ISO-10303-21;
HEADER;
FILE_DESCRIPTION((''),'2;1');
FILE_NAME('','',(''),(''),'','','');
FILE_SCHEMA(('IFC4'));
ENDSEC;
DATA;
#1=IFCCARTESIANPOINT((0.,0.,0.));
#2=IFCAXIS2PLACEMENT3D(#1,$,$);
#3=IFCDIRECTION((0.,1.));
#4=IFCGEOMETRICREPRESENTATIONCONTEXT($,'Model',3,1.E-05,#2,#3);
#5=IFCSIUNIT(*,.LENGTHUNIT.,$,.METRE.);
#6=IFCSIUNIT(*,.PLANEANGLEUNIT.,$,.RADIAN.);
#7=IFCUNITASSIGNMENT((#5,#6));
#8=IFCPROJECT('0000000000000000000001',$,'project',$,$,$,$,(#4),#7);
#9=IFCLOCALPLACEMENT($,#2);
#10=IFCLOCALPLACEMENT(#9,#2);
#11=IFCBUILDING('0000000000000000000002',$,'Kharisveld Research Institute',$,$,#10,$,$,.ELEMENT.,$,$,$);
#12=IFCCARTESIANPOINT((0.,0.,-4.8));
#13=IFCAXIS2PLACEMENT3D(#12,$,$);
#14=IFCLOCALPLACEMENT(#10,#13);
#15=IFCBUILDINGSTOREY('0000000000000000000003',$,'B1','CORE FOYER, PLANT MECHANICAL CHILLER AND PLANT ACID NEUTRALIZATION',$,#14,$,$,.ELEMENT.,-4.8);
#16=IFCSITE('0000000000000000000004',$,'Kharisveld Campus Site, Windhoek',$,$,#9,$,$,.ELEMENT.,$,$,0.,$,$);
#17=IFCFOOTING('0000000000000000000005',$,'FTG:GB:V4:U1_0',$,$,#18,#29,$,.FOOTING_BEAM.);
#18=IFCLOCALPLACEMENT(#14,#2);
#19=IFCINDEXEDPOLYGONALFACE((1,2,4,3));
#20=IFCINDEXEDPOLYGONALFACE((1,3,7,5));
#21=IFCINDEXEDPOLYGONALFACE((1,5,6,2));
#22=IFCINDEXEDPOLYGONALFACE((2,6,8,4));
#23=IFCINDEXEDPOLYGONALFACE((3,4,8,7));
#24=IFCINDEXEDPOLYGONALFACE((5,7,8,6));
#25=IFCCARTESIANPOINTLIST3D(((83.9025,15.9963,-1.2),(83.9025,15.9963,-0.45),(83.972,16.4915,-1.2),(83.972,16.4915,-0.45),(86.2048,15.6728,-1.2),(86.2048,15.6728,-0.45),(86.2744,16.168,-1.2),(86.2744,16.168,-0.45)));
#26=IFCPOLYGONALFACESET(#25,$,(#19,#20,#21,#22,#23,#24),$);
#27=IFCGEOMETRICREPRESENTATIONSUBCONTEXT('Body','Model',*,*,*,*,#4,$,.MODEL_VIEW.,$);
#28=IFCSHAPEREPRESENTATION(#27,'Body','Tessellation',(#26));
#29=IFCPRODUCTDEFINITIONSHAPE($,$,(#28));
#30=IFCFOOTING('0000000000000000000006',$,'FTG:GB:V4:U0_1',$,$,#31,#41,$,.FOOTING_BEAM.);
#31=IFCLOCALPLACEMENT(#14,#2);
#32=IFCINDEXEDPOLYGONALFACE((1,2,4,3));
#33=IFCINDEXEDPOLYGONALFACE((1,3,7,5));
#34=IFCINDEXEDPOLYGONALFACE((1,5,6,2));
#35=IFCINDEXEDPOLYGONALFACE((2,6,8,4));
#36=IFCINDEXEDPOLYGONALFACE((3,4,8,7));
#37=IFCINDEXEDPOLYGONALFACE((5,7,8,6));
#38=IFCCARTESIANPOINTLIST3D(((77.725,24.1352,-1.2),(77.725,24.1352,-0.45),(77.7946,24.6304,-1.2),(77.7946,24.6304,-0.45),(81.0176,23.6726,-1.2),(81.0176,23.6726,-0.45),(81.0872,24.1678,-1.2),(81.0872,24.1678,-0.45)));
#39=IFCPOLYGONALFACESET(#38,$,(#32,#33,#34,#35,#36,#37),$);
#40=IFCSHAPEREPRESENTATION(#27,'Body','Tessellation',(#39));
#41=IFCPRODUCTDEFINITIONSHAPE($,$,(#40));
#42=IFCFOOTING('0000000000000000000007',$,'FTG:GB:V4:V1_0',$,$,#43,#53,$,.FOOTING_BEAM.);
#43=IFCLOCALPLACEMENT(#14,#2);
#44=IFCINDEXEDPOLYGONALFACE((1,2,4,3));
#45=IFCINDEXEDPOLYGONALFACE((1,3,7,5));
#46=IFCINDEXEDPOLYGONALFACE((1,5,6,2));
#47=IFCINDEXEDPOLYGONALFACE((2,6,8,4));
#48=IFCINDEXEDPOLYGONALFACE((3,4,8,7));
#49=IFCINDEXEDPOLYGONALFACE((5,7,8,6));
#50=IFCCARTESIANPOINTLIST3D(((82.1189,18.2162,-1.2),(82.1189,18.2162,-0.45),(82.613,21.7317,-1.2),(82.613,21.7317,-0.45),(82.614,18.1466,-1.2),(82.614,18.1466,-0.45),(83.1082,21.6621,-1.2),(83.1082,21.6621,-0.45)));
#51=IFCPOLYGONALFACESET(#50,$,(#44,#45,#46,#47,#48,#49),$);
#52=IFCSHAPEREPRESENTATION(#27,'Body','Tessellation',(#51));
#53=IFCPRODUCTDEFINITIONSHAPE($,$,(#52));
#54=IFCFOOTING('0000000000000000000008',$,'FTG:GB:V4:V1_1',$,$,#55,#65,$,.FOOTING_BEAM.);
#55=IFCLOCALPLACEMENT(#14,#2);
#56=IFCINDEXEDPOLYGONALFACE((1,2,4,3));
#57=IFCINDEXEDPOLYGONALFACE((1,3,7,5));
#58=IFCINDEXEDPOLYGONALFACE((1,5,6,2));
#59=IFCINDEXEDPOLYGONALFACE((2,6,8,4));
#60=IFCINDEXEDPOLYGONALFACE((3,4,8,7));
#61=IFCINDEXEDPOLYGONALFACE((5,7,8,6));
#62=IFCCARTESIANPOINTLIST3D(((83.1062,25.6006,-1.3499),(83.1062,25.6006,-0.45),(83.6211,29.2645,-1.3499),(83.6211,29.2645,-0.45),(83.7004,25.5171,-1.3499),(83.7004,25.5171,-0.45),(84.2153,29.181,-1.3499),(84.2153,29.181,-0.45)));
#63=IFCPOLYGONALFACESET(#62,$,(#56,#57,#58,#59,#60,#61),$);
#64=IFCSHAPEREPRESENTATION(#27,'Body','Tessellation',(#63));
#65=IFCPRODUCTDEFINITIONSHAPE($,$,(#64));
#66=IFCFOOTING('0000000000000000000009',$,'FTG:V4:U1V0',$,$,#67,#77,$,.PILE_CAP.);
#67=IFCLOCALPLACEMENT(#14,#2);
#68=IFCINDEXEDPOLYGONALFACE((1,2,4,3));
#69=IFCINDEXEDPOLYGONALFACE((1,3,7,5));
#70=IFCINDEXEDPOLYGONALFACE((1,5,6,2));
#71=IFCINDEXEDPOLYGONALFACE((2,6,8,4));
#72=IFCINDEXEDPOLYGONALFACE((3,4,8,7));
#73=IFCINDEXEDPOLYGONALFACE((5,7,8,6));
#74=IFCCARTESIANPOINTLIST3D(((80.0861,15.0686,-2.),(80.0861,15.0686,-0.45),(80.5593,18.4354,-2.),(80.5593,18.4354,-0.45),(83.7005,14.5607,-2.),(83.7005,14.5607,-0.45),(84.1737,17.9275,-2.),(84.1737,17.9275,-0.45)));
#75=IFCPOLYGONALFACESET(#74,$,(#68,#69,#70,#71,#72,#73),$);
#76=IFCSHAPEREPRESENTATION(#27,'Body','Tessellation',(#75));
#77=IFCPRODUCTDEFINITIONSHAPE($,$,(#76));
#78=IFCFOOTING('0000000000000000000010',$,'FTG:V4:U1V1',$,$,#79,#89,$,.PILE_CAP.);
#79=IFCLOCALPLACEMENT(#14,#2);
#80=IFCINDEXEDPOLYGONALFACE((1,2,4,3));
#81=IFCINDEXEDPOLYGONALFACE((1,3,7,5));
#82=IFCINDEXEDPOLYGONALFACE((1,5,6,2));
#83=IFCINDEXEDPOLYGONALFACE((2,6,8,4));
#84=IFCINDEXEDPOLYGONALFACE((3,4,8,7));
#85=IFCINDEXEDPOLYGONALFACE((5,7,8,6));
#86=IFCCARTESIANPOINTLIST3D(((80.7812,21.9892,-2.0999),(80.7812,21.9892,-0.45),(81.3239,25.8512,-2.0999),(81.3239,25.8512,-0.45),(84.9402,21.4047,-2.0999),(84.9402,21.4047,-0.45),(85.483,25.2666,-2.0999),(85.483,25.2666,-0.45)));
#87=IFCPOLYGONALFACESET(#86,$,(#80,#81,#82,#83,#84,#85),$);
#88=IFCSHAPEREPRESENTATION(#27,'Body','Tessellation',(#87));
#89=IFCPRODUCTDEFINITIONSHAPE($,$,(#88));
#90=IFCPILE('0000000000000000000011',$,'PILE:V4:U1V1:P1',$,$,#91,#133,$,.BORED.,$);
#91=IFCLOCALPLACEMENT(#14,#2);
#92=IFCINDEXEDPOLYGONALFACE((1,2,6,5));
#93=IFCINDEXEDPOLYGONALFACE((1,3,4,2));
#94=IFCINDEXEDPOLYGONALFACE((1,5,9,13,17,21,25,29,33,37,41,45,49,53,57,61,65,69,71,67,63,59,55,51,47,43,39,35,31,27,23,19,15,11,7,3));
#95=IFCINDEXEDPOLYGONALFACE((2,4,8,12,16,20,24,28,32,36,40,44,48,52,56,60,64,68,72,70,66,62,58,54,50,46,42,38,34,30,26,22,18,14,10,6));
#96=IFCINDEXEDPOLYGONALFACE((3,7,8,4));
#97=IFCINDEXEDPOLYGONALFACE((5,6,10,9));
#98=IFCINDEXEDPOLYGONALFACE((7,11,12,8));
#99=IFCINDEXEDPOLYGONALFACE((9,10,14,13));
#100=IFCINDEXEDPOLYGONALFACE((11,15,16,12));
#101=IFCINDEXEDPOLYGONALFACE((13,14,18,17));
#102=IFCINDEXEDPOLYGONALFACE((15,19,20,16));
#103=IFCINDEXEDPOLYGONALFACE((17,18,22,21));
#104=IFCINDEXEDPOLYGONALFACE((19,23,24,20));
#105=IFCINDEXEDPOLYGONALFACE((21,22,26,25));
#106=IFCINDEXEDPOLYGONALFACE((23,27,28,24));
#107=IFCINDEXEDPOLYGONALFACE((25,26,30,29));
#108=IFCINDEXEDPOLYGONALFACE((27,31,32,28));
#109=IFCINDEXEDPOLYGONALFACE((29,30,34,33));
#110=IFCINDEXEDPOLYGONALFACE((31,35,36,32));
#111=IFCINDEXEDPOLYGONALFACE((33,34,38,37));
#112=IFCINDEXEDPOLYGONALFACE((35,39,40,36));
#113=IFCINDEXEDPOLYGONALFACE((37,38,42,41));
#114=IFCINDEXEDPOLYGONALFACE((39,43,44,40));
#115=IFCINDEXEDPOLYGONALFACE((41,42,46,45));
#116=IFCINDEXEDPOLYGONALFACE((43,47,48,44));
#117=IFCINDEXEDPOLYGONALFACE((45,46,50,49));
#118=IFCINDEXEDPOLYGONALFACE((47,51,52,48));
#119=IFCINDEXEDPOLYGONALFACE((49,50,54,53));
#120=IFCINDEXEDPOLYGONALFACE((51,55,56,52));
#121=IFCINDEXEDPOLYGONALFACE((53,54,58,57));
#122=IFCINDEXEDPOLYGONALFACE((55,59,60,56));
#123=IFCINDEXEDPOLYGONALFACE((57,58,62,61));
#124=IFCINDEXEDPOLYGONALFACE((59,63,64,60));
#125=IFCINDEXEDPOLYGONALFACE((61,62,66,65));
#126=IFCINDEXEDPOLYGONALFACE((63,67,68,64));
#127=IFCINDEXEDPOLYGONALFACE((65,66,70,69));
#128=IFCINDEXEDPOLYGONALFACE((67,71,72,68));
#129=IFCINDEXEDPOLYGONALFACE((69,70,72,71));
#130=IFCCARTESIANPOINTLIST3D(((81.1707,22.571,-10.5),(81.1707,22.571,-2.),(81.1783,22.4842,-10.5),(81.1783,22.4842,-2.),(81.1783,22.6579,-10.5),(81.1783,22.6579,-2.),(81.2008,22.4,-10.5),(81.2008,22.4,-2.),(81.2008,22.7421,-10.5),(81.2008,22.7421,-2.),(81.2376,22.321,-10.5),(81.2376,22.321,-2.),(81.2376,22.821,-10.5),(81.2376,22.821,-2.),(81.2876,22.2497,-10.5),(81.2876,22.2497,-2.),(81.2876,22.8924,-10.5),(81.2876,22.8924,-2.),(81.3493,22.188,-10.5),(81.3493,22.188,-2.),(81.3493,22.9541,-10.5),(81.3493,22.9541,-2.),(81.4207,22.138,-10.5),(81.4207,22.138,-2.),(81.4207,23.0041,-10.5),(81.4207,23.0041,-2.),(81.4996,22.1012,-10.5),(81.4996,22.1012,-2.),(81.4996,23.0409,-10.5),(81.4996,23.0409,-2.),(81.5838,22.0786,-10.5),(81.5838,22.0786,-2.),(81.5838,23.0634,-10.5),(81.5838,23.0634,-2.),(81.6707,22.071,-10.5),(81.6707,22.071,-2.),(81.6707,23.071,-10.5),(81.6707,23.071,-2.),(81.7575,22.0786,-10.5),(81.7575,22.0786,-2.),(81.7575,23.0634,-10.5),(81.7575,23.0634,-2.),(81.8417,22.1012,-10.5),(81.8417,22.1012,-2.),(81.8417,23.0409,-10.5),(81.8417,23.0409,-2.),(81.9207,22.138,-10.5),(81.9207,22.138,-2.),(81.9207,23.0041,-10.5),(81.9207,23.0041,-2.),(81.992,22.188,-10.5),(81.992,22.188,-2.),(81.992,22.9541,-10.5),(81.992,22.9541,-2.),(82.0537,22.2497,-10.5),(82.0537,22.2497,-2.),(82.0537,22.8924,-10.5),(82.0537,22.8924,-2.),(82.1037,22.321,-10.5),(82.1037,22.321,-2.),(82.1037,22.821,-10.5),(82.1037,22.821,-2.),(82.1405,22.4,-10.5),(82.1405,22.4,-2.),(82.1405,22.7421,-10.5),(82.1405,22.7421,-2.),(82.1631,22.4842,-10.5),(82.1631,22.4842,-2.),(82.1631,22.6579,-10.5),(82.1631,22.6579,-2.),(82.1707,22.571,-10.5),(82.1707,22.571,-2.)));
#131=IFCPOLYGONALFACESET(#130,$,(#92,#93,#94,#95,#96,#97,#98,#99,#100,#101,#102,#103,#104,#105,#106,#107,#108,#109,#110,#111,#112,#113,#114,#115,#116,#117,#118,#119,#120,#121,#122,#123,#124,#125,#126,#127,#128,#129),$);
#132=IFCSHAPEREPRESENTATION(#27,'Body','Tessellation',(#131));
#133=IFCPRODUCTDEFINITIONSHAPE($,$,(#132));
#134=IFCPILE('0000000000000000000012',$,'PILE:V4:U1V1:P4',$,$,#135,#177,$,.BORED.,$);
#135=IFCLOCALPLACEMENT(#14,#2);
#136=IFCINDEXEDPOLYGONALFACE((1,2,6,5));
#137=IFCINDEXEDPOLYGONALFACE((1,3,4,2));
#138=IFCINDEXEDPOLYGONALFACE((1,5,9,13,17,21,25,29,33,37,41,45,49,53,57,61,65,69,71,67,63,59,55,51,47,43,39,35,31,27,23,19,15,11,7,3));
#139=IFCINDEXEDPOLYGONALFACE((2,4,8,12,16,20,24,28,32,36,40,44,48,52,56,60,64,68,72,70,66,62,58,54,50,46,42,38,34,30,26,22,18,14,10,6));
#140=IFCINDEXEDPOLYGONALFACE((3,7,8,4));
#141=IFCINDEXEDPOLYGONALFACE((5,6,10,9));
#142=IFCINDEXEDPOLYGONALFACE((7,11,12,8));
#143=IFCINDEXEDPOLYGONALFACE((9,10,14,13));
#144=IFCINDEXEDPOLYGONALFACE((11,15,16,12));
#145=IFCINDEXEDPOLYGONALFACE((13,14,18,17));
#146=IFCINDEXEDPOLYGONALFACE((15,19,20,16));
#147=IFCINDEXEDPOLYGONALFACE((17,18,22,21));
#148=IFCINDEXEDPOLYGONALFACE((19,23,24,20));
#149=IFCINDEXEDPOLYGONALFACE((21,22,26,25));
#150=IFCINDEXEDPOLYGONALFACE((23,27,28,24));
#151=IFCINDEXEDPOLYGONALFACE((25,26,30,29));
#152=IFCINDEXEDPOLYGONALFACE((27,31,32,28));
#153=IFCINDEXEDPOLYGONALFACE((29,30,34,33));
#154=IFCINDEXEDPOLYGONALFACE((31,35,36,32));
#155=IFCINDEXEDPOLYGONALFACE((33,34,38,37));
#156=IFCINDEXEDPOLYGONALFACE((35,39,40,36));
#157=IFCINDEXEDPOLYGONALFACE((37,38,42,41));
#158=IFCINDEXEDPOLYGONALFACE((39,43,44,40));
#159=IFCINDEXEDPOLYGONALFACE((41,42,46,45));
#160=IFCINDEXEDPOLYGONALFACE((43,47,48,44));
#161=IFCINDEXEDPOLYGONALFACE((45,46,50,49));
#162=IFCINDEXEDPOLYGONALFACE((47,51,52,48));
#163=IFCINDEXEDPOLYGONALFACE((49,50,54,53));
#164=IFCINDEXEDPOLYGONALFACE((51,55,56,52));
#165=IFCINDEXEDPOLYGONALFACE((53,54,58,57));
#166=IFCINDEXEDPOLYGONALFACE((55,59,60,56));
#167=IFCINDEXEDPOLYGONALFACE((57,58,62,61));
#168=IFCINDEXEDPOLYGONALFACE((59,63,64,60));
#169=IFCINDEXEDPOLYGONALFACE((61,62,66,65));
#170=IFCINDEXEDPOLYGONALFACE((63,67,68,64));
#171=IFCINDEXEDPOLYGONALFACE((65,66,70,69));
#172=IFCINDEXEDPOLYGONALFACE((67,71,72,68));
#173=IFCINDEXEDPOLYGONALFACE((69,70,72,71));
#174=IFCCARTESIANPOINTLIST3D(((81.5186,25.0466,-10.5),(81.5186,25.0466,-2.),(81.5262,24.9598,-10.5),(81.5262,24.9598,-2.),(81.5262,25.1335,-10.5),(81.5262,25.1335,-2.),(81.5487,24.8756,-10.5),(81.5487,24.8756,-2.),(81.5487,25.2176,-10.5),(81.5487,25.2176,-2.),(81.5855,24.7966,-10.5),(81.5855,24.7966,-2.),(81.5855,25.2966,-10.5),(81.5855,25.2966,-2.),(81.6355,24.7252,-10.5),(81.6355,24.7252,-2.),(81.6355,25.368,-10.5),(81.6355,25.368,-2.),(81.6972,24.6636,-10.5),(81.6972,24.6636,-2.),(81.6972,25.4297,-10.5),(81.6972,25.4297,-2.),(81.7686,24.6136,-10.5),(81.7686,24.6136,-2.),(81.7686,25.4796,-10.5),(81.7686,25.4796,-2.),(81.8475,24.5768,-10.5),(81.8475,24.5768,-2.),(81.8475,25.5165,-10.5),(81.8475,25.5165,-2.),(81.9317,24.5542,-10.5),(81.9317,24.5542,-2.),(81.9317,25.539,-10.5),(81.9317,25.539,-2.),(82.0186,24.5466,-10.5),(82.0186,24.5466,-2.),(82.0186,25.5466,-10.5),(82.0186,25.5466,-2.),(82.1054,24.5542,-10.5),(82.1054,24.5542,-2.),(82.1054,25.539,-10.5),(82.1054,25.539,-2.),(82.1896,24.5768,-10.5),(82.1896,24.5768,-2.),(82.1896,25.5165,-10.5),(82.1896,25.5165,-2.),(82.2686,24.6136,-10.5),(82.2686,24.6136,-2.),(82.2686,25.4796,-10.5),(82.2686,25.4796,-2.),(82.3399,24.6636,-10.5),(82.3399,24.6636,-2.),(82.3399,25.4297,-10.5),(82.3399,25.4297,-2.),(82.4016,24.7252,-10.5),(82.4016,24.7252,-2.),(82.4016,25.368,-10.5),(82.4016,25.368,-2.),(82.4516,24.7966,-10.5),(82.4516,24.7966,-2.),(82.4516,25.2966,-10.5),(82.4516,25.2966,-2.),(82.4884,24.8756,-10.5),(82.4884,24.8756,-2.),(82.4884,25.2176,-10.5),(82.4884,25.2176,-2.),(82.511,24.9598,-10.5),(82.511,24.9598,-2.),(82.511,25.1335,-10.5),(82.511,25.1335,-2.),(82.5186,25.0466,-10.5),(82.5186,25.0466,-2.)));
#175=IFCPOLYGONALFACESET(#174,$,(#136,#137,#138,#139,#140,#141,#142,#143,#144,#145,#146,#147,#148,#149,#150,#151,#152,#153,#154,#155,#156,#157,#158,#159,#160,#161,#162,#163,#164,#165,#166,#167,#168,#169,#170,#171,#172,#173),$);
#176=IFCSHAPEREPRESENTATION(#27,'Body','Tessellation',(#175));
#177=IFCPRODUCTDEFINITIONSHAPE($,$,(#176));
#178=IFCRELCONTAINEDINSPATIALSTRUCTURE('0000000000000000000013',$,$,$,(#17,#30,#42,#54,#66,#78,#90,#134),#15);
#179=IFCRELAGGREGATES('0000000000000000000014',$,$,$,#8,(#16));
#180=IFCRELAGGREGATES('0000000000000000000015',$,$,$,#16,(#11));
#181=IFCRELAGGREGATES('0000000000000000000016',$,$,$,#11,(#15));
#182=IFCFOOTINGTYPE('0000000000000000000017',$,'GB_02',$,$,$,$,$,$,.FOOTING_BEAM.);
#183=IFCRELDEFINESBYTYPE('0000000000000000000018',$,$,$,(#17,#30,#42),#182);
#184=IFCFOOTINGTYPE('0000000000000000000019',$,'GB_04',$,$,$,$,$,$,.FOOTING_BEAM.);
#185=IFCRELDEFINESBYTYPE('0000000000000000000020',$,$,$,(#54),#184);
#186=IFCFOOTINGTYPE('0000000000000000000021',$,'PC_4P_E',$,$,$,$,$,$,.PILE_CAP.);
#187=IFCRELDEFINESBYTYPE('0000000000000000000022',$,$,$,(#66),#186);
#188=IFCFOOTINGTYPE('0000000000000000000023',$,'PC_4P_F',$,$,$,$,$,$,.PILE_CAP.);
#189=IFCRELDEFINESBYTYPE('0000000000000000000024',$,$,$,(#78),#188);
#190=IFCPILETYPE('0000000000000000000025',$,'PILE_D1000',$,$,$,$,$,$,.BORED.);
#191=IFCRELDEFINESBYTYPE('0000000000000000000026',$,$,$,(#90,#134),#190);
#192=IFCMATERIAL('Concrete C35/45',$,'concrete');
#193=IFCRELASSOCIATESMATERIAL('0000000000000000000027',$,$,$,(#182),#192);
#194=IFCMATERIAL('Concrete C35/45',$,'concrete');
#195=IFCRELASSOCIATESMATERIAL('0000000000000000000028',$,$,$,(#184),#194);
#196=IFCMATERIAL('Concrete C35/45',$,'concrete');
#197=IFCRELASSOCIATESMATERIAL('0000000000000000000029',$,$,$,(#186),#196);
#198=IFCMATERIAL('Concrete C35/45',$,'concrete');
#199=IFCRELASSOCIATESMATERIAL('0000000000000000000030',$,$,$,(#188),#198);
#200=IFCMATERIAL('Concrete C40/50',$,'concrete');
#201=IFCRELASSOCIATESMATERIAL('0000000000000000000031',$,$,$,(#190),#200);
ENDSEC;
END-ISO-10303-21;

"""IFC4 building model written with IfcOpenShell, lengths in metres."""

from ifc_helpers import new_model, si_unit, direction, frame, origin, origin_2d, place, context, subcontext, project, spatial, rectangle, circle, extrude, material, material_profile, profile_set, type_object, element, save


model = new_model("IFC4")

# Units and contexts
model_context = context("Model", 3, precision=1e-05, world=origin(), true_north=direction((0.0, 1.0)))
body_context = subcontext(model_context, "Body", "Model", "MODEL_VIEW")
ifc_project = project(units=[si_unit("LENGTHUNIT", "METRE"), si_unit("PLANEANGLEUNIT", "RADIAN")], contexts=[model_context])

# Site, building, storey
site_placement = place(None, origin())
site = spatial("IfcSite", under=ifc_project, at=site_placement, Name="Kharisveld Campus Site, Windhoek", CompositionType="ELEMENT", RefElevation=0.0)
building_placement = place(site_placement, origin())
building = spatial("IfcBuilding", under=site, at=building_placement, Name="Kharisveld Research Institute", CompositionType="ELEMENT")
storey_placement = place(building_placement, frame((0.0, 0.0, -4.8)))
storey = spatial("IfcBuildingStorey", under=building, at=storey_placement, Name="B1", Description="CORE FOYER, PLANT MECHANICAL CHILLER AND PLANT ACID NEUTRALIZATION", CompositionType="ELEMENT", Elevation=-4.8)

# Footings
ifc_material_1 = material(Name="Concrete C35/45", Category="concrete")
ifc_material_profile_1 = material_profile(ifc_material_1, rectangle(XDim=0.5, YDim=0.75, at=origin_2d()))
ifc_profile_set_1 = profile_set([ifc_material_profile_1], Name="Concrete C35/45")
footing_type_1 = type_object("IfcFootingType", Name="GB_02", PredefinedType="FOOTING_BEAM", material=ifc_profile_set_1)
footing_1_placement = place(storey_placement, frame((83.9373, 16.2439, -0.825), z_axis=(0.990272, -0.139142, 0.0), x_axis=(0.139142, 0.990272, 0.0)))
element("IfcFooting", 1, at=footing_1_placement, inside=storey, type_object=footing_type_1, Name="FTG:GB:V4:U1_0", PredefinedType="FOOTING_BEAM", context=body_context, shape_type="SweptSolid", body=[
    extrude(rectangle(XDim=0.5, YDim=0.75, at=origin_2d()), origin(), (0.0, 0.0, 1.0), 2.325),
])
footing_2_placement = place(storey_placement, frame((77.7598, 24.3828, -0.825), z_axis=(0.990273, -0.139139, 0.0), x_axis=(0.139139, 0.990273, 0.0)))
element("IfcFooting", 2, at=footing_2_placement, inside=storey, type_object=footing_type_1, Name="FTG:GB:V4:U0_1", PredefinedType="FOOTING_BEAM", context=body_context, shape_type="SweptSolid", body=[
    extrude(rectangle(XDim=0.5, YDim=0.75, at=origin_2d()), origin(), (0.0, 0.0, 1.0), 3.325),
])
footing_3_placement = place(storey_placement, frame((82.3665, 18.1814, -0.825), z_axis=(0.139197, 0.990265, 0.0), x_axis=(-0.990265, 0.139197, 0.0)))
element("IfcFooting", 3, at=footing_3_placement, inside=storey, type_object=footing_type_1, Name="FTG:GB:V4:V1_0", PredefinedType="FOOTING_BEAM", context=body_context, shape_type="SweptSolid", body=[
    extrude(rectangle(XDim=0.5, YDim=0.75, at=origin_2d()), origin(), (0.0, 0.0, 1.0), 3.55),
])
ifc_material_2 = material(Name="Concrete C35/45", Category="concrete")
ifc_material_profile_2 = material_profile(ifc_material_2, rectangle(XDim=0.6001, YDim=0.8999, at=origin_2d()))
ifc_profile_set_2 = profile_set([ifc_material_profile_2], Name="Concrete C35/45")
footing_type_2 = type_object("IfcFootingType", Name="GB_04", PredefinedType="FOOTING_BEAM", material=ifc_profile_set_2)
footing_4_placement = place(storey_placement, frame((83.4033, 25.5588, -0.8999), z_axis=(0.139158, 0.99027, 0.0), x_axis=(-0.99027, 0.139158, 0.0)))
element("IfcFooting", 4, at=footing_4_placement, inside=storey, type_object=footing_type_2, Name="FTG:GB:V4:V1_1", PredefinedType="FOOTING_BEAM", context=body_context, shape_type="SweptSolid", body=[
    extrude(rectangle(XDim=0.6001, YDim=0.8999, at=origin_2d()), origin(), (0.0, 0.0, 1.0), 3.7),
])
ifc_material_3 = material(Name="Concrete C35/45", Category="concrete")
footing_type_3 = type_object("IfcFootingType", Name="PC_4P_E", PredefinedType="PILE_CAP", material=ifc_material_3)
footing_5_placement = place(storey_placement, frame((82.1299, 16.498, -2.0), z_axis=(0.0, 0.0, 1.0), x_axis=(0.990268, -0.139173, 0.0)))
element("IfcFooting", 5, at=footing_5_placement, inside=storey, type_object=footing_type_3, Name="FTG:V4:U1V0", PredefinedType="PILE_CAP", context=body_context, shape_type="SweptSolid", body=[
    extrude(rectangle(XDim=3.6499, YDim=3.3999, at=origin_2d()), origin(), (0.0, 0.0, 1.0), 1.55),
])
ifc_material_4 = material(Name="Concrete C35/45", Category="concrete")
footing_type_4 = type_object("IfcFootingType", Name="PC_4P_F", PredefinedType="PILE_CAP", material=ifc_material_4)
footing_6_placement = place(storey_placement, frame((83.1321, 23.6279, -2.0999), z_axis=(0.0, 0.0, 1.0), x_axis=(0.990268, -0.139173, 0.0)))
element("IfcFooting", 6, at=footing_6_placement, inside=storey, type_object=footing_type_4, Name="FTG:V4:U1V1", PredefinedType="PILE_CAP", context=body_context, shape_type="SweptSolid", body=[
    extrude(rectangle(XDim=4.2, YDim=3.8999, at=origin_2d()), origin(), (0.0, 0.0, 1.0), 1.6499),
])

# Piles
ifc_material_5 = material(Name="Concrete C40/50", Category="concrete")
ifc_material_profile_3 = material_profile(ifc_material_5, circle(Radius=0.5, at=origin_2d()))
ifc_profile_set_3 = profile_set([ifc_material_profile_3], Name="Concrete C40/50")
pile_type_1 = type_object("IfcPileType", Name="PILE_D1000", PredefinedType="BORED", material=ifc_profile_set_3)
for number, where, z_axis, x_axis, name in (
    (7, (81.6707, 22.571, -2.0), (0.0, 0.0, -1.0), (1.0, 0.0, 0.0), "PILE:V4:U1V1:P1"),
    (8, (82.0186, 25.0466, -2.0), (0.0, 0.0, -1.0), (1.0, 0.0, 0.0), "PILE:V4:U1V1:P4"),
):
    element("IfcPile", number, at=place(storey_placement, frame(where, z_axis=z_axis, x_axis=x_axis)), inside=storey, type_object=pile_type_1, Name=name, PredefinedType="BORED", context=body_context, shape_type="SweptSolid", body=[
        extrude(circle(Radius=0.5, at=origin_2d()), origin(), (0.0, 0.0, 1.0), 8.5),
    ])

save(model, "model.ifc")
